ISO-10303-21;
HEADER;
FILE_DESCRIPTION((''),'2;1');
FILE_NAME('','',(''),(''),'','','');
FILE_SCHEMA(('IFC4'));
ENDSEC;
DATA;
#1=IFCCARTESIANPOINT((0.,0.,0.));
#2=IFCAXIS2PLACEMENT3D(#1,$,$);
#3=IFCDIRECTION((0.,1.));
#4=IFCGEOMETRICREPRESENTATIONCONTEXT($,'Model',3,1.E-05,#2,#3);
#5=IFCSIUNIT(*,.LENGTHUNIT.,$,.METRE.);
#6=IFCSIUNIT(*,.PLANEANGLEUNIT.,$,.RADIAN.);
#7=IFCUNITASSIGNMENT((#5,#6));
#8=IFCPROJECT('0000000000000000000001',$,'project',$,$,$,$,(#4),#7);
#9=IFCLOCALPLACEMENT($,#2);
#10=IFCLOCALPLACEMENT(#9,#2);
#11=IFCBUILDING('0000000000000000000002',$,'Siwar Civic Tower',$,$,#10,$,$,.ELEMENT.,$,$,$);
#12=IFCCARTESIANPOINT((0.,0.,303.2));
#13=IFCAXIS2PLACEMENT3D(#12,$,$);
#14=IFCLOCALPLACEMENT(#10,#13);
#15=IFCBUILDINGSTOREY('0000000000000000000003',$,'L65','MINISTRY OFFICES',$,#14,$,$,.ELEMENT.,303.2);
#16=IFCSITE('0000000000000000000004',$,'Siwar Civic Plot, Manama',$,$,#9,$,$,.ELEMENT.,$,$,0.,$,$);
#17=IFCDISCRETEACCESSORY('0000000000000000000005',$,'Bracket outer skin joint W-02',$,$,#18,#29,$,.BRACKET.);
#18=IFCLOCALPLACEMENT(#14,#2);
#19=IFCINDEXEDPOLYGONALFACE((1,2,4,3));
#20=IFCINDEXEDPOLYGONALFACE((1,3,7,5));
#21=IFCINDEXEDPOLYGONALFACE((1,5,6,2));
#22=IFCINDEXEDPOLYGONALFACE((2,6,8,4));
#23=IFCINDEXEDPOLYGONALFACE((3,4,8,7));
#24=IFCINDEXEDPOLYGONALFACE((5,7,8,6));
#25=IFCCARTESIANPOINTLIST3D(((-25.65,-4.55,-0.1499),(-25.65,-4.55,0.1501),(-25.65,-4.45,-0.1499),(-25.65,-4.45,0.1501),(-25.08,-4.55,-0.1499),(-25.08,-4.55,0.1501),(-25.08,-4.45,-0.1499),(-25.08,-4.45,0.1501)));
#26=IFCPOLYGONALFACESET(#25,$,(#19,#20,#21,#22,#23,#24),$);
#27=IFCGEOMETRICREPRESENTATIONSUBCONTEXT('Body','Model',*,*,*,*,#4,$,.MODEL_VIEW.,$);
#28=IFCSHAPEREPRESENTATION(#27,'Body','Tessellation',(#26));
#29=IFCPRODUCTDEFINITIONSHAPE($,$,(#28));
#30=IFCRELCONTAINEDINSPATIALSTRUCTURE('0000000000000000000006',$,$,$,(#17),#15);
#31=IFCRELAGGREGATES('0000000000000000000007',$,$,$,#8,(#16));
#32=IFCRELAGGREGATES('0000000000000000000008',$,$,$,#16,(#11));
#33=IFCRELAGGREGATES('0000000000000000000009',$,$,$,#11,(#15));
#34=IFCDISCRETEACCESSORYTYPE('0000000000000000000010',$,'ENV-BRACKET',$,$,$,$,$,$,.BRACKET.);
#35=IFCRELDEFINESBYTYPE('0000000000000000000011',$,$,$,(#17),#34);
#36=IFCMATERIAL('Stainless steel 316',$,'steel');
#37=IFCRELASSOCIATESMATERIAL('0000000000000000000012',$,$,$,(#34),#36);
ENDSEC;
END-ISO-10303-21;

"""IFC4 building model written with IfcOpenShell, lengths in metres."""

from ifc_helpers import new_model, si_unit, direction, frame, origin, origin_2d, place, context, subcontext, project, spatial, rectangle, extrude, material, type_object, element, save


model = new_model("IFC4")

# Units and contexts
model_context = context("Model", 3, precision=1e-05, world=origin(), true_north=direction((0.0, 1.0)))
body_context = subcontext(model_context, "Body", "Model", "MODEL_VIEW")
ifc_project = project(units=[si_unit("LENGTHUNIT", "METRE"), si_unit("PLANEANGLEUNIT", "RADIAN")], contexts=[model_context])

# Site, building, storey
site_placement = place(None, origin())
site = spatial("IfcSite", under=ifc_project, at=site_placement, Name="Siwar Civic Plot, Manama", CompositionType="ELEMENT", RefElevation=0.0)
building_placement = place(site_placement, origin())
building = spatial("IfcBuilding", under=site, at=building_placement, Name="Siwar Civic Tower", CompositionType="ELEMENT")
storey_placement = place(building_placement, frame((0.0, 0.0, 303.2)))
storey = spatial("IfcBuildingStorey", under=building, at=storey_placement, Name="L65", Description="MINISTRY OFFICES", CompositionType="ELEMENT", Elevation=303.2)

# Discrete accessory
ifc_material_1 = material(Name="Stainless steel 316", Category="steel")
discrete_accessory_type = type_object("IfcDiscreteAccessoryType", Name="ENV-BRACKET", PredefinedType="BRACKET", material=ifc_material_1)
discrete_accessory_placement = place(storey_placement, frame((-25.365, -4.5, -0.1499), z_axis=(0.0, 0.0, 1.0), x_axis=(-1.0, 0.0, 0.0)))
element("IfcDiscreteAccessory", 1, at=discrete_accessory_placement, inside=storey, type_object=discrete_accessory_type, Name="Bracket outer skin joint W-02", PredefinedType="BRACKET", context=body_context, shape_type="SweptSolid", body=[
    extrude(rectangle(XDim=0.5701, YDim=0.1001, at=origin_2d()), origin(), (0.0, 0.0, 1.0), 0.3),
])

save(model, "model.ifc")
